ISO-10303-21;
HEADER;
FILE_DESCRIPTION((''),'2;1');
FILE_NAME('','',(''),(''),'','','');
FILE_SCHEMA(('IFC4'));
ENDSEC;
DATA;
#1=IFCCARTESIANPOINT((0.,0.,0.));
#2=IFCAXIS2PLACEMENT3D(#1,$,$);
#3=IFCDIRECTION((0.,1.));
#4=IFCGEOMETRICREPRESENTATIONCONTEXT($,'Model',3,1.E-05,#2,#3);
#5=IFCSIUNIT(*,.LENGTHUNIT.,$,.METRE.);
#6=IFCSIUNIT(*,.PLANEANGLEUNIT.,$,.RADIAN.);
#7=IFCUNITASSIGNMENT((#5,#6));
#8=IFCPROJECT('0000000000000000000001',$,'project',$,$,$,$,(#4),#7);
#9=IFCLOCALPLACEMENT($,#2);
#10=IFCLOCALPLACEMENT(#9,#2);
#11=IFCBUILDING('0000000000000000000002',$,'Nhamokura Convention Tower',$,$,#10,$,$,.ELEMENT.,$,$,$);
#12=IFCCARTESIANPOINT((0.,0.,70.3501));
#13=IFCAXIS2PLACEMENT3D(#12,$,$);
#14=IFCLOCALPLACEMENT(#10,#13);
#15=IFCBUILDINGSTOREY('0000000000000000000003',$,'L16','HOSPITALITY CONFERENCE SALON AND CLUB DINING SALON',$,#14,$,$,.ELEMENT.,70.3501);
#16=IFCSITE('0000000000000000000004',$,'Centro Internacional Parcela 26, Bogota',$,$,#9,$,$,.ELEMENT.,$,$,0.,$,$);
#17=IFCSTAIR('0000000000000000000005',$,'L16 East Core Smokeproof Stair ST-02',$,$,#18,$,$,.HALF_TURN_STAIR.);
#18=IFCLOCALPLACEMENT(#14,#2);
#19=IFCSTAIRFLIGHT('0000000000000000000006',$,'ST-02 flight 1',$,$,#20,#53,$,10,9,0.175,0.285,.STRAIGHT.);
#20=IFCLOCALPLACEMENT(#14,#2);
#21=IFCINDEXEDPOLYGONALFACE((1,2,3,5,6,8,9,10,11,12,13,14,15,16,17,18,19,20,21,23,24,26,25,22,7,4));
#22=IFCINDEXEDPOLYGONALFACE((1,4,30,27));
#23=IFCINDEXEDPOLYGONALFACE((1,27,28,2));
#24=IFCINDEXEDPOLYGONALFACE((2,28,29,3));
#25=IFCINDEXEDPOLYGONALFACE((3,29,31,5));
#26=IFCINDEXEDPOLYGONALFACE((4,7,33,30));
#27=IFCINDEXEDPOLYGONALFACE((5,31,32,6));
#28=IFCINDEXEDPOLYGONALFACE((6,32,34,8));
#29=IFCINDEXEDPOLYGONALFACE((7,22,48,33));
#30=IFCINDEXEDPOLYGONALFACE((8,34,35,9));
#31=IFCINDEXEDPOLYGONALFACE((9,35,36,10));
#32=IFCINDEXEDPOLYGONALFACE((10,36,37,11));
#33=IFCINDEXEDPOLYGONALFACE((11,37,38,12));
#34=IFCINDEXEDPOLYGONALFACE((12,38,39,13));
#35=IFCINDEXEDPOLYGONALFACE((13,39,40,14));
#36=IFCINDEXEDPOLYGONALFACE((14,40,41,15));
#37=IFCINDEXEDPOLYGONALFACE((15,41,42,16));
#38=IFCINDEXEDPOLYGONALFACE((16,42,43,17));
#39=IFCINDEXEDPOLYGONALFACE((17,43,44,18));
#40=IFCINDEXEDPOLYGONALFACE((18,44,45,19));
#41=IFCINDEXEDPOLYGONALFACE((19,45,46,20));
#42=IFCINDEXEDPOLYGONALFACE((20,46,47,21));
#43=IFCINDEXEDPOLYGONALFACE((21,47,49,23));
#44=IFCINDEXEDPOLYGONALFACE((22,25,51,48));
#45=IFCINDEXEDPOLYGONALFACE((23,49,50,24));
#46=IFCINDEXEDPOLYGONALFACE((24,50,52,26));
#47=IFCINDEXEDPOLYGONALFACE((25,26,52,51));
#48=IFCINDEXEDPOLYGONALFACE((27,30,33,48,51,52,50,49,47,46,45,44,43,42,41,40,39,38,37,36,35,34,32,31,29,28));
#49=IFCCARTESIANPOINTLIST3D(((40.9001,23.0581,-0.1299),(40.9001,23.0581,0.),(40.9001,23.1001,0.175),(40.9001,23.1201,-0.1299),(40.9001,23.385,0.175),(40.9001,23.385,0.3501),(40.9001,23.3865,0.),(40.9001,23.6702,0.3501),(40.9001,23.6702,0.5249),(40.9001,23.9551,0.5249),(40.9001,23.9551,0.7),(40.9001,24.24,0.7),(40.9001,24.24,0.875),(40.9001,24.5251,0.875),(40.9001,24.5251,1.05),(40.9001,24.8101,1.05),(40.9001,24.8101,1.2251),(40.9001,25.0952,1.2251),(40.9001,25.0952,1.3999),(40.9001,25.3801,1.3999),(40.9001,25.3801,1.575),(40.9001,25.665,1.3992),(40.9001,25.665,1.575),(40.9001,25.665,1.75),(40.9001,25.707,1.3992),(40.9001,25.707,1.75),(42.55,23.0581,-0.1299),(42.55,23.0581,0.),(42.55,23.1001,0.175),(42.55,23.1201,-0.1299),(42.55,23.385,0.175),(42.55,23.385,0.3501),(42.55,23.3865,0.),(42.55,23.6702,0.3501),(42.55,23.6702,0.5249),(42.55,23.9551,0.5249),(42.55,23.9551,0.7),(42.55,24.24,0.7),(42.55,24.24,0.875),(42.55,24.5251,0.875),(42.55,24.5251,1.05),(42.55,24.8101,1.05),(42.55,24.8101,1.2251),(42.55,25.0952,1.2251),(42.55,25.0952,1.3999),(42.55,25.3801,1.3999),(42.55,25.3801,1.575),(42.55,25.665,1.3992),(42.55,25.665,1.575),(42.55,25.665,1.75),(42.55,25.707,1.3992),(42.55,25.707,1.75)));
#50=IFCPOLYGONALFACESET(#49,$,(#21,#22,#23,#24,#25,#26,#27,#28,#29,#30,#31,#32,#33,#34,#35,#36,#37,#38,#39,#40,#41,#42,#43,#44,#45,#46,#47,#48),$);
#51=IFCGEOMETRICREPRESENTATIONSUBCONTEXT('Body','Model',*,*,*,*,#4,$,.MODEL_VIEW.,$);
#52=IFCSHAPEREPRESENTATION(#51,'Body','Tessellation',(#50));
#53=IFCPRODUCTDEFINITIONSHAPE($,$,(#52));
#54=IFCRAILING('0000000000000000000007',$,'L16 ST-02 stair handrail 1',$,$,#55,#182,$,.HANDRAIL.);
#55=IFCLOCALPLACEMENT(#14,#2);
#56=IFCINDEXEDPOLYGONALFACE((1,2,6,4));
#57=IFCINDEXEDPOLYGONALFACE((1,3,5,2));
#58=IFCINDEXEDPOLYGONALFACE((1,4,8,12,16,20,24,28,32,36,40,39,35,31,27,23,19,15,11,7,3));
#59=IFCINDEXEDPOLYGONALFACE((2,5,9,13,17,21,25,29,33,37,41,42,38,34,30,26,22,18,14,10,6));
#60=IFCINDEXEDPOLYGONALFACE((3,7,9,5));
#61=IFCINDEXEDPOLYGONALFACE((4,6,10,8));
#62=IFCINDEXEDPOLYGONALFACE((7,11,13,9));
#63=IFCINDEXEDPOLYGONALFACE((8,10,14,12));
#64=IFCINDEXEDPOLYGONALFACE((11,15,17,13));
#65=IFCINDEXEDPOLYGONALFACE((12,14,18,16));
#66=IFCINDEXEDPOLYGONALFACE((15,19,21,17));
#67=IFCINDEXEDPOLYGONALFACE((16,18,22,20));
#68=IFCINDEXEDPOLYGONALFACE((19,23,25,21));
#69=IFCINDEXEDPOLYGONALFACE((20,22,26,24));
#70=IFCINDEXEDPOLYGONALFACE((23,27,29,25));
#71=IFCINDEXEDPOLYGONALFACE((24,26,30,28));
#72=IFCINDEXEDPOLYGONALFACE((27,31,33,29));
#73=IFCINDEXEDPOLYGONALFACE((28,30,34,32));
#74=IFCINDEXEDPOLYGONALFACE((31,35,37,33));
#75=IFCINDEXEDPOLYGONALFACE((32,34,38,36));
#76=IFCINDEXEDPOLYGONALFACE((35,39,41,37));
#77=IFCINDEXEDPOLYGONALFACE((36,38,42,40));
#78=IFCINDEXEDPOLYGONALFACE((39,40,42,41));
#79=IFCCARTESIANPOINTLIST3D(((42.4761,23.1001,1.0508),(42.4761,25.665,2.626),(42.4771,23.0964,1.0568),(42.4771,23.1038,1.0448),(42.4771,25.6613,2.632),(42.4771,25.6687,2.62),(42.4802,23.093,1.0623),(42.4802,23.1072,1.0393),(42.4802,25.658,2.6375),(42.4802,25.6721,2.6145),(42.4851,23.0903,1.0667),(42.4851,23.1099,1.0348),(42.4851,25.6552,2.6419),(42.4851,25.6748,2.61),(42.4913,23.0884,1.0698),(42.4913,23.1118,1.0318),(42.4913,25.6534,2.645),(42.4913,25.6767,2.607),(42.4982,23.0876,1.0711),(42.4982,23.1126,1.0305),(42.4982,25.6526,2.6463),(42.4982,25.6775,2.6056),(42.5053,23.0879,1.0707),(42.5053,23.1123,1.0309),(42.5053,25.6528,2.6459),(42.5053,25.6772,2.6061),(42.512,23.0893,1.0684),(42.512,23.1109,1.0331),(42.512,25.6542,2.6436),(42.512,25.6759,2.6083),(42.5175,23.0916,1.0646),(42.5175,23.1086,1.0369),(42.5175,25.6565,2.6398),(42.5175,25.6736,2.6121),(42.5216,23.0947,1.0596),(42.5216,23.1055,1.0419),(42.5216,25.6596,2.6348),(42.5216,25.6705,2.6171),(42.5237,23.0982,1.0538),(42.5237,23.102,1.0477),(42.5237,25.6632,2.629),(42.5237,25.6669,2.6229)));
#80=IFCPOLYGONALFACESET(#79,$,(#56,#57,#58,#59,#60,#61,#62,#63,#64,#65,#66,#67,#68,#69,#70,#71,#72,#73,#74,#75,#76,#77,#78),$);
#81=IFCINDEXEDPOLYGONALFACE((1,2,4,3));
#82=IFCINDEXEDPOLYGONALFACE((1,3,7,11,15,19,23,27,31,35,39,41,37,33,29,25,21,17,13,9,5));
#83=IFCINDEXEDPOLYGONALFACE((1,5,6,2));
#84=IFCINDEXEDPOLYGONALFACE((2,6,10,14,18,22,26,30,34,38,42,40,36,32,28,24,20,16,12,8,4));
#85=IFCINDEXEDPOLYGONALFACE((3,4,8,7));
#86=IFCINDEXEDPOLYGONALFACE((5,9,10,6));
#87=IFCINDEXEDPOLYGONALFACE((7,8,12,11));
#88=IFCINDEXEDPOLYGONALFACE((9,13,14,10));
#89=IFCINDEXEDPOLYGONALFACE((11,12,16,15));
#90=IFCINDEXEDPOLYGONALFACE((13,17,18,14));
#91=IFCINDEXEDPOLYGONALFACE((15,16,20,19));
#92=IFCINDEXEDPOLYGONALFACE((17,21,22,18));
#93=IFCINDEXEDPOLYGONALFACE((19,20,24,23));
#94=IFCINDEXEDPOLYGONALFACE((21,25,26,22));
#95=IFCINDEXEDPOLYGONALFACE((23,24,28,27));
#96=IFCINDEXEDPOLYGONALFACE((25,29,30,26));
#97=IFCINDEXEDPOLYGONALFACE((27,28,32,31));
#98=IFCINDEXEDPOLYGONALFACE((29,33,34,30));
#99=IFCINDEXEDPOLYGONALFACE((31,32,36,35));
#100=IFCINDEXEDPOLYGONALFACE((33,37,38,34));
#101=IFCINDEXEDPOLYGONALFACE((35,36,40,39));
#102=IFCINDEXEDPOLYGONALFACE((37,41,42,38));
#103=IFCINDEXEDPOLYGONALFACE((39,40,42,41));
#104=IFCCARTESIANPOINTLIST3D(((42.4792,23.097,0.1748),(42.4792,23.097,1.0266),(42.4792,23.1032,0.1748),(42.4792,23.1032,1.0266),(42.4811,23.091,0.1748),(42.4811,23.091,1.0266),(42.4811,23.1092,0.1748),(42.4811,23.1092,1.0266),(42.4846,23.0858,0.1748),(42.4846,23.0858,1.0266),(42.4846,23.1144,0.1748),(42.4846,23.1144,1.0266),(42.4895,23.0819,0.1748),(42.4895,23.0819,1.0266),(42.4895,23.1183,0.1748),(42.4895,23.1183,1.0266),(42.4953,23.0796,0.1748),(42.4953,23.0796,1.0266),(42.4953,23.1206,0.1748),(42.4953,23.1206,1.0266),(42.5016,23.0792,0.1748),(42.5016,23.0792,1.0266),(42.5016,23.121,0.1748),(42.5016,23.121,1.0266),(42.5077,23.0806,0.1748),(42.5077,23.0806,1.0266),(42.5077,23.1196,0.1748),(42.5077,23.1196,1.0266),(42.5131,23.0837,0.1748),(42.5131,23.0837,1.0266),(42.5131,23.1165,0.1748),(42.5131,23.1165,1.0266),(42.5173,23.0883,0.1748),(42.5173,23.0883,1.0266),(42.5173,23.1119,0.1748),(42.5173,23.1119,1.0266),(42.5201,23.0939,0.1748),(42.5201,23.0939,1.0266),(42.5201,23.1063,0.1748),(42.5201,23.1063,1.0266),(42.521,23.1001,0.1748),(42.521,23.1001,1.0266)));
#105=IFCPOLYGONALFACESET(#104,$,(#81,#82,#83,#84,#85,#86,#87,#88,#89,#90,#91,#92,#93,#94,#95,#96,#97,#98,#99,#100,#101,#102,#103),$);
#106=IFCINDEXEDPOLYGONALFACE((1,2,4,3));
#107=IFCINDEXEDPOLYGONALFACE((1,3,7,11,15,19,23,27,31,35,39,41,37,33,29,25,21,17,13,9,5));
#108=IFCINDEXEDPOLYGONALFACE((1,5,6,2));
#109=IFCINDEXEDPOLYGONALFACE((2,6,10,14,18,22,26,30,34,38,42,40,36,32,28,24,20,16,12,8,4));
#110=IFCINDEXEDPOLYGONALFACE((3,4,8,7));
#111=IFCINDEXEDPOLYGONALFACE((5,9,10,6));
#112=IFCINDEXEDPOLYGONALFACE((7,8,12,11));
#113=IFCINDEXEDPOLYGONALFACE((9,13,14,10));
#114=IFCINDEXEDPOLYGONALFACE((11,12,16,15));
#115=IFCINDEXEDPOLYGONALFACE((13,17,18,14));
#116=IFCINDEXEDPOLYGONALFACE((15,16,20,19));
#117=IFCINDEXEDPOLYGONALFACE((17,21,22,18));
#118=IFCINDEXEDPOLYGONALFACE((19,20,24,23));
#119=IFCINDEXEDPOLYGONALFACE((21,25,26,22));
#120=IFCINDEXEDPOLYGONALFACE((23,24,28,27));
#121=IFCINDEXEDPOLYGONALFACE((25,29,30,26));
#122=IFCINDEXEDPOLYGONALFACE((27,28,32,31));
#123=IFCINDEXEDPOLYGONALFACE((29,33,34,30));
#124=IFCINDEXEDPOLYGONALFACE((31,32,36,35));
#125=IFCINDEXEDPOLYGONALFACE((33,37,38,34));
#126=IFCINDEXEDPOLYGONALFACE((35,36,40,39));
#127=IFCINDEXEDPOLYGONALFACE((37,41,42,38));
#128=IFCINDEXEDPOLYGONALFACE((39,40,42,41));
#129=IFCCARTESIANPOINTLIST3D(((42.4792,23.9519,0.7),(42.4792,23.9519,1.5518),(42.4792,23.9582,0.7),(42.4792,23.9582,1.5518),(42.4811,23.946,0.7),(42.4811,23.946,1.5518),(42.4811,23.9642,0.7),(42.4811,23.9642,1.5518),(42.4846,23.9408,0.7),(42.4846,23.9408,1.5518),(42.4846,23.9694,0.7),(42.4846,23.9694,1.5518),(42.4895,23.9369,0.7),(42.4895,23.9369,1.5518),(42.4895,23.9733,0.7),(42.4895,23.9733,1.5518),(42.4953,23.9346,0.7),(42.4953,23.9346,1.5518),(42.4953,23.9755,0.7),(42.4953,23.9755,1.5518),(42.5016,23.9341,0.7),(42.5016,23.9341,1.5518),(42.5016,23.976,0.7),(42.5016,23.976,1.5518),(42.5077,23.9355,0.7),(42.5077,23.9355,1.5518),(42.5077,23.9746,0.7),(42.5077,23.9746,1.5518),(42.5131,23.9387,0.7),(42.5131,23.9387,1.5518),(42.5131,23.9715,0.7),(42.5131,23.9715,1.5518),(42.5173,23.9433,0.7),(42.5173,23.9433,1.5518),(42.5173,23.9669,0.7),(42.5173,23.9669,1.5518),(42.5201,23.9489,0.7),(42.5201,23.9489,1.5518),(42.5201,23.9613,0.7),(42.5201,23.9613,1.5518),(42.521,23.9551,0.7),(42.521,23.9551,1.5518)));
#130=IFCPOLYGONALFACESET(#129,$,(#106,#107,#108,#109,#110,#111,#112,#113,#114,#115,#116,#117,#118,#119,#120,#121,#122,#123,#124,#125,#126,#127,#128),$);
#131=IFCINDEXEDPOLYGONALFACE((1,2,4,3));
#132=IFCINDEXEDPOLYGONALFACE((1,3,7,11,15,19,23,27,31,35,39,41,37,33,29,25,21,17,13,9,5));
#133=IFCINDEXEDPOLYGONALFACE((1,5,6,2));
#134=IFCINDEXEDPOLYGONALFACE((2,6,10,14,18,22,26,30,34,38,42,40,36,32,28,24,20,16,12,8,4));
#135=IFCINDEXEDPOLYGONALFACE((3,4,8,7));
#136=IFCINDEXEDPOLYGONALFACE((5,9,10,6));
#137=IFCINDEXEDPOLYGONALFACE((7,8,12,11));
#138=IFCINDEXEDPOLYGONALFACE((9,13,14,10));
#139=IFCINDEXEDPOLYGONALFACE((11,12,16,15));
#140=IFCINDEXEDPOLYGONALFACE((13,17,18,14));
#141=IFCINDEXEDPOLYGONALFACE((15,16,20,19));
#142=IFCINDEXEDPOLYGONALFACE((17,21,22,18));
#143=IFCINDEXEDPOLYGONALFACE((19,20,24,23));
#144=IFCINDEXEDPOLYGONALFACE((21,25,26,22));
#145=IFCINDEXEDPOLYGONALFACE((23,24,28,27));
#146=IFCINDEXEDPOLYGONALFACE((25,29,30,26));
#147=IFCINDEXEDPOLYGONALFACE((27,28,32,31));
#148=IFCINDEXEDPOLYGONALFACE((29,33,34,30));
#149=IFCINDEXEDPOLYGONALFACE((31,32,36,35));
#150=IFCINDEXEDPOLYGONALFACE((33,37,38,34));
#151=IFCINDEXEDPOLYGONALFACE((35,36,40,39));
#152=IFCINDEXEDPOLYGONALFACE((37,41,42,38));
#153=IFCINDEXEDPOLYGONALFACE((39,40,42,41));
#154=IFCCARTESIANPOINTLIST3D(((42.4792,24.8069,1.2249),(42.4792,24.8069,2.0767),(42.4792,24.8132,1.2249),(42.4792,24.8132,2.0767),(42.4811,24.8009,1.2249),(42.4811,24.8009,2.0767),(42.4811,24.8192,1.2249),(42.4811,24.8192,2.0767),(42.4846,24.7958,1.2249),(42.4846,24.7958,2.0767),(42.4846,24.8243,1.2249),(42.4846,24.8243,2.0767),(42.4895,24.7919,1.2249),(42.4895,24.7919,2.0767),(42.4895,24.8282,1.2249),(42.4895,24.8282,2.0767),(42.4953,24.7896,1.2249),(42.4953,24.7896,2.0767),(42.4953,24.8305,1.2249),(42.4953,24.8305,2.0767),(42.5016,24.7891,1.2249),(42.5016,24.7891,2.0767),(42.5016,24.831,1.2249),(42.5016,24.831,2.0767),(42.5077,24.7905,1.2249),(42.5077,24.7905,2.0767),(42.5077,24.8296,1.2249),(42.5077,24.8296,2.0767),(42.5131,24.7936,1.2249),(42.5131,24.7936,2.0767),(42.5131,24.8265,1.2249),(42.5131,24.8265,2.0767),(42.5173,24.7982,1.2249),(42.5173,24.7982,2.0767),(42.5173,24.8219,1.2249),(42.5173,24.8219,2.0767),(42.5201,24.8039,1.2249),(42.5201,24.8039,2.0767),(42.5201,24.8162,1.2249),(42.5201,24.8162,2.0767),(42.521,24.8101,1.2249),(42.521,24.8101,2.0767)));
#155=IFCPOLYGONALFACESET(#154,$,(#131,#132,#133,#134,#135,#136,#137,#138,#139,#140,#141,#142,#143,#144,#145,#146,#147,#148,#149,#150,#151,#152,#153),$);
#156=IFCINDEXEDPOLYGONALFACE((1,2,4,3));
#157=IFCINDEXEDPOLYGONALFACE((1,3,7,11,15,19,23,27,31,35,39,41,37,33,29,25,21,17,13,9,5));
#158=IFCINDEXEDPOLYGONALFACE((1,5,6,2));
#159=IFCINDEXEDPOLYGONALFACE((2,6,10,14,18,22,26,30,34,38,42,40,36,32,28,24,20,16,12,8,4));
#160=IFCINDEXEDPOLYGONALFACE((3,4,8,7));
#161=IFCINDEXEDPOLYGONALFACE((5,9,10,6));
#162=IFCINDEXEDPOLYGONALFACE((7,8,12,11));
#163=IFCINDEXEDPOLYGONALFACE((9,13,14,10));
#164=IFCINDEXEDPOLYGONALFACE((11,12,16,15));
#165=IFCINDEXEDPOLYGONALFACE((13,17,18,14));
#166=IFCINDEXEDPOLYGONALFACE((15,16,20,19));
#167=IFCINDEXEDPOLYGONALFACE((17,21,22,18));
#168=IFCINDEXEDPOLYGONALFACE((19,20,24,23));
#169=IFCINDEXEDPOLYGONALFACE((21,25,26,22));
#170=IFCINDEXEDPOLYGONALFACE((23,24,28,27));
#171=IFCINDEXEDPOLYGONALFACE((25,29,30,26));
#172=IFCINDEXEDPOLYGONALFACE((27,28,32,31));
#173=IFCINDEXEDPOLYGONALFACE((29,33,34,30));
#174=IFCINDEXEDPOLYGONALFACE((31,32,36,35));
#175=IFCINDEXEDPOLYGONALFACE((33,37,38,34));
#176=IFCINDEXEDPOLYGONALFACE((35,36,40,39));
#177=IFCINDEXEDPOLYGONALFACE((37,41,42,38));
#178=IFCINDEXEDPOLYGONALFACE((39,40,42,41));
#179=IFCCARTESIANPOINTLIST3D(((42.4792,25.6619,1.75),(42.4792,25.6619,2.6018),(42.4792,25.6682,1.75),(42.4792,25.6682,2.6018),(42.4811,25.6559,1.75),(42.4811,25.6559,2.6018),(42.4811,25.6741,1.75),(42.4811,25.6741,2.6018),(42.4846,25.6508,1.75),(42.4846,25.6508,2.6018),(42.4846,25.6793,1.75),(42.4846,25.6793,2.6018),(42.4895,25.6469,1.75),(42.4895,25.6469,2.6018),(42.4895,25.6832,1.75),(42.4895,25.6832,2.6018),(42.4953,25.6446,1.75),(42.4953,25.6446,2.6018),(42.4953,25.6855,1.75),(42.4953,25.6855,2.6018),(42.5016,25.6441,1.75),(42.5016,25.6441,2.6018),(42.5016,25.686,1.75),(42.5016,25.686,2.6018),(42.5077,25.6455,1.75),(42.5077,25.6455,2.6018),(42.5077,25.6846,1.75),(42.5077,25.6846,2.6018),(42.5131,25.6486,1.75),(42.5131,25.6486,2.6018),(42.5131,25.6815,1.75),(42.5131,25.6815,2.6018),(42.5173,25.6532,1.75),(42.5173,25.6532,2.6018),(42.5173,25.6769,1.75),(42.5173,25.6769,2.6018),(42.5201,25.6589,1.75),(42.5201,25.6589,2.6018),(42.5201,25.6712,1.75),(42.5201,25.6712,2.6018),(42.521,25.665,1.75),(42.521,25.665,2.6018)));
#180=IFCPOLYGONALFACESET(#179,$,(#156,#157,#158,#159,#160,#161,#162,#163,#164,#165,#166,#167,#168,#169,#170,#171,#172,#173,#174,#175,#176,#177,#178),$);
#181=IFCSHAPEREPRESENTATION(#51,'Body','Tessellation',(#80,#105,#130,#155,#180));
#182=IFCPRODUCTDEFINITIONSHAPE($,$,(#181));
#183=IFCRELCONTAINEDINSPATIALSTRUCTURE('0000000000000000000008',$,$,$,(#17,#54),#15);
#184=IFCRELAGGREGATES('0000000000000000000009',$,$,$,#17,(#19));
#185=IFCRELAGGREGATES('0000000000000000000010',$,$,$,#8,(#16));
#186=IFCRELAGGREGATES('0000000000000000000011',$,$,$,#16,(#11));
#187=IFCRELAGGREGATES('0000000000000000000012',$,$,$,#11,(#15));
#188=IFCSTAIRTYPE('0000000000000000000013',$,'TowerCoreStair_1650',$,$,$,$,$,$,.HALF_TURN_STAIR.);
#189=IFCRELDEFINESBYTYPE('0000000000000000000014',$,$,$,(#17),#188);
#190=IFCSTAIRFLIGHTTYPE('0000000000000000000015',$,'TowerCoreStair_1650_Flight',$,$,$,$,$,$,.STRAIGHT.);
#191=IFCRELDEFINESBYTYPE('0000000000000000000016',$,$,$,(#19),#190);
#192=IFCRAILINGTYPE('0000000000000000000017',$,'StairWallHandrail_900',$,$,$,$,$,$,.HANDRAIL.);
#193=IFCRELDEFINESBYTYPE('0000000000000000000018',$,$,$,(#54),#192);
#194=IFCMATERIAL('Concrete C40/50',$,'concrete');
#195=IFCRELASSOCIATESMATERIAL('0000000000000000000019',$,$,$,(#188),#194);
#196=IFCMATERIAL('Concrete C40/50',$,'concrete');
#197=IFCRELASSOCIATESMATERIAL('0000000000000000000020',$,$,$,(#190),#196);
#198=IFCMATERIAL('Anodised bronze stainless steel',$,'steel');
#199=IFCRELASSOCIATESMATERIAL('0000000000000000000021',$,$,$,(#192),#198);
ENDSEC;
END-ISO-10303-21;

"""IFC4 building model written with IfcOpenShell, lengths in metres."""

from ifc_helpers import new_model, si_unit, direction, frame, origin, origin_2d, place, context, subcontext, project, spatial, polyline, circle, outline, extrude, material, type_object, element, aggregate, save


model = new_model("IFC4")

# Units and contexts
model_context = context("Model", 3, precision=1e-05, world=origin(), true_north=direction((0.0, 1.0)))
body_context = subcontext(model_context, "Body", "Model", "MODEL_VIEW")
ifc_project = project(units=[si_unit("LENGTHUNIT", "METRE"), si_unit("PLANEANGLEUNIT", "RADIAN")], contexts=[model_context])

# Site, building, storey
site_placement = place(None, origin())
site = spatial("IfcSite", under=ifc_project, at=site_placement, Name="Centro Internacional Parcela 26, Bogota", CompositionType="ELEMENT", RefElevation=0.0)
building_placement = place(site_placement, origin())
building = spatial("IfcBuilding", under=site, at=building_placement, Name="Nhamokura Convention Tower", CompositionType="ELEMENT")
storey_placement = place(building_placement, frame((0.0, 0.0, 70.3501)))
storey = spatial("IfcBuildingStorey", under=building, at=storey_placement, Name="L16", Description="HOSPITALITY CONFERENCE SALON AND CLUB DINING SALON", CompositionType="ELEMENT", Elevation=70.3501)

# Stair, stair flight
ifc_material_1 = material(Name="Concrete C40/50", Category="concrete")
stair_type = type_object("IfcStairType", Name="TowerCoreStair_1650", PredefinedType="HALF_TURN_STAIR", material=ifc_material_1)
stair_placement = place(storey_placement, origin())
stair = element("IfcStair", 1, at=stair_placement, inside=storey, type_object=stair_type, Name="L16 East Core Smokeproof Stair ST-02", PredefinedType="HALF_TURN_STAIR")
ifc_material_2 = material(Name="Concrete C40/50", Category="concrete")
stair_flight_type = type_object("IfcStairFlightType", Name="TowerCoreStair_1650_Flight", PredefinedType="STRAIGHT", material=ifc_material_2)
stair_flight_placement = place(storey_placement, frame((41.7251, 23.1001, 0.0), z_axis=(0.0, 0.0, 1.0), x_axis=(0.0, 1.0, 0.0)))
stair_flight = element("IfcStairFlight", 2, at=stair_flight_placement, type_object=stair_flight_type, Name="ST-02 flight 1", NumberOfRisers=10, NumberOfTreads=9, PredefinedType="STRAIGHT", RiserHeight=0.175, TreadLength=0.285, context=body_context, shape_type="SweptSolid", body=[
    extrude(outline(polyline([(-0.042, 0.0), (0.0, 0.175), (0.2849, 0.175), (0.2849, 0.3501), (0.5701, 0.3501), (0.5701, 0.5249), (0.855, 0.5249), (0.855, 0.7), (1.1399, 0.7), (1.1399, 0.875), (1.425, 0.875), (1.425, 1.05), (1.71, 1.05), (1.71, 1.2251), (1.9951, 1.2251), (1.9951, 1.3999), (2.28, 1.3999), (2.28, 1.575), (2.5649, 1.575), (2.5649, 1.75), (2.6069, 1.75), (2.6069, 1.3992), (2.5649, 1.3992), (0.2864, 0.0), (0.02, -0.1299), (-0.042, -0.1299), (-0.042, 0.0)])), frame((0.0, 0.825, 0.0), z_axis=(0.0, -1.0, 0.0), x_axis=(1.0, 0.0, 0.0)), (0.0, 0.0, 1.0), 1.6499),
])
aggregate(stair, [stair_flight])

# Railing
ifc_material_3 = material(Name="Anodised bronze stainless steel", Category="steel")
railing_type_1 = type_object("IfcRailingType", Name="StairWallHandrail_900", PredefinedType="HANDRAIL", material=ifc_material_3)
railing_1_placement = place(storey_placement, frame((42.5, 23.1001, 0.1748)))
element("IfcRailing", 3, at=railing_1_placement, inside=storey, type_object=railing_type_1, Name="L16 ST-02 stair handrail 1", PredefinedType="HANDRAIL", context=body_context, shape_type="SweptSolid", body=[
    extrude(circle(Radius=0.0239, at=origin_2d()), frame((0.0, 0.0, 0.876), z_axis=(0.0, 0.852137, 0.523319), x_axis=(-1.0, 0.0, 0.0)), (0.0, 0.0, 1.0), 3.01),
    extrude(circle(Radius=0.021, at=origin_2d()), origin(), (0.0, 0.0, 1.0), 0.8518),
    extrude(circle(Radius=0.021, at=origin_2d()), frame((0.0, 0.855, 0.5251)), (0.0, 0.0, 1.0), 0.8518),
    extrude(circle(Radius=0.021, at=origin_2d()), frame((0.0, 1.71, 1.05)), (0.0, 0.0, 1.0), 0.8518),
    extrude(circle(Radius=0.021, at=origin_2d()), frame((0.0, 2.5649, 1.5752)), (0.0, 0.0, 1.0), 0.8518),
])

save(model, "model.ifc")
